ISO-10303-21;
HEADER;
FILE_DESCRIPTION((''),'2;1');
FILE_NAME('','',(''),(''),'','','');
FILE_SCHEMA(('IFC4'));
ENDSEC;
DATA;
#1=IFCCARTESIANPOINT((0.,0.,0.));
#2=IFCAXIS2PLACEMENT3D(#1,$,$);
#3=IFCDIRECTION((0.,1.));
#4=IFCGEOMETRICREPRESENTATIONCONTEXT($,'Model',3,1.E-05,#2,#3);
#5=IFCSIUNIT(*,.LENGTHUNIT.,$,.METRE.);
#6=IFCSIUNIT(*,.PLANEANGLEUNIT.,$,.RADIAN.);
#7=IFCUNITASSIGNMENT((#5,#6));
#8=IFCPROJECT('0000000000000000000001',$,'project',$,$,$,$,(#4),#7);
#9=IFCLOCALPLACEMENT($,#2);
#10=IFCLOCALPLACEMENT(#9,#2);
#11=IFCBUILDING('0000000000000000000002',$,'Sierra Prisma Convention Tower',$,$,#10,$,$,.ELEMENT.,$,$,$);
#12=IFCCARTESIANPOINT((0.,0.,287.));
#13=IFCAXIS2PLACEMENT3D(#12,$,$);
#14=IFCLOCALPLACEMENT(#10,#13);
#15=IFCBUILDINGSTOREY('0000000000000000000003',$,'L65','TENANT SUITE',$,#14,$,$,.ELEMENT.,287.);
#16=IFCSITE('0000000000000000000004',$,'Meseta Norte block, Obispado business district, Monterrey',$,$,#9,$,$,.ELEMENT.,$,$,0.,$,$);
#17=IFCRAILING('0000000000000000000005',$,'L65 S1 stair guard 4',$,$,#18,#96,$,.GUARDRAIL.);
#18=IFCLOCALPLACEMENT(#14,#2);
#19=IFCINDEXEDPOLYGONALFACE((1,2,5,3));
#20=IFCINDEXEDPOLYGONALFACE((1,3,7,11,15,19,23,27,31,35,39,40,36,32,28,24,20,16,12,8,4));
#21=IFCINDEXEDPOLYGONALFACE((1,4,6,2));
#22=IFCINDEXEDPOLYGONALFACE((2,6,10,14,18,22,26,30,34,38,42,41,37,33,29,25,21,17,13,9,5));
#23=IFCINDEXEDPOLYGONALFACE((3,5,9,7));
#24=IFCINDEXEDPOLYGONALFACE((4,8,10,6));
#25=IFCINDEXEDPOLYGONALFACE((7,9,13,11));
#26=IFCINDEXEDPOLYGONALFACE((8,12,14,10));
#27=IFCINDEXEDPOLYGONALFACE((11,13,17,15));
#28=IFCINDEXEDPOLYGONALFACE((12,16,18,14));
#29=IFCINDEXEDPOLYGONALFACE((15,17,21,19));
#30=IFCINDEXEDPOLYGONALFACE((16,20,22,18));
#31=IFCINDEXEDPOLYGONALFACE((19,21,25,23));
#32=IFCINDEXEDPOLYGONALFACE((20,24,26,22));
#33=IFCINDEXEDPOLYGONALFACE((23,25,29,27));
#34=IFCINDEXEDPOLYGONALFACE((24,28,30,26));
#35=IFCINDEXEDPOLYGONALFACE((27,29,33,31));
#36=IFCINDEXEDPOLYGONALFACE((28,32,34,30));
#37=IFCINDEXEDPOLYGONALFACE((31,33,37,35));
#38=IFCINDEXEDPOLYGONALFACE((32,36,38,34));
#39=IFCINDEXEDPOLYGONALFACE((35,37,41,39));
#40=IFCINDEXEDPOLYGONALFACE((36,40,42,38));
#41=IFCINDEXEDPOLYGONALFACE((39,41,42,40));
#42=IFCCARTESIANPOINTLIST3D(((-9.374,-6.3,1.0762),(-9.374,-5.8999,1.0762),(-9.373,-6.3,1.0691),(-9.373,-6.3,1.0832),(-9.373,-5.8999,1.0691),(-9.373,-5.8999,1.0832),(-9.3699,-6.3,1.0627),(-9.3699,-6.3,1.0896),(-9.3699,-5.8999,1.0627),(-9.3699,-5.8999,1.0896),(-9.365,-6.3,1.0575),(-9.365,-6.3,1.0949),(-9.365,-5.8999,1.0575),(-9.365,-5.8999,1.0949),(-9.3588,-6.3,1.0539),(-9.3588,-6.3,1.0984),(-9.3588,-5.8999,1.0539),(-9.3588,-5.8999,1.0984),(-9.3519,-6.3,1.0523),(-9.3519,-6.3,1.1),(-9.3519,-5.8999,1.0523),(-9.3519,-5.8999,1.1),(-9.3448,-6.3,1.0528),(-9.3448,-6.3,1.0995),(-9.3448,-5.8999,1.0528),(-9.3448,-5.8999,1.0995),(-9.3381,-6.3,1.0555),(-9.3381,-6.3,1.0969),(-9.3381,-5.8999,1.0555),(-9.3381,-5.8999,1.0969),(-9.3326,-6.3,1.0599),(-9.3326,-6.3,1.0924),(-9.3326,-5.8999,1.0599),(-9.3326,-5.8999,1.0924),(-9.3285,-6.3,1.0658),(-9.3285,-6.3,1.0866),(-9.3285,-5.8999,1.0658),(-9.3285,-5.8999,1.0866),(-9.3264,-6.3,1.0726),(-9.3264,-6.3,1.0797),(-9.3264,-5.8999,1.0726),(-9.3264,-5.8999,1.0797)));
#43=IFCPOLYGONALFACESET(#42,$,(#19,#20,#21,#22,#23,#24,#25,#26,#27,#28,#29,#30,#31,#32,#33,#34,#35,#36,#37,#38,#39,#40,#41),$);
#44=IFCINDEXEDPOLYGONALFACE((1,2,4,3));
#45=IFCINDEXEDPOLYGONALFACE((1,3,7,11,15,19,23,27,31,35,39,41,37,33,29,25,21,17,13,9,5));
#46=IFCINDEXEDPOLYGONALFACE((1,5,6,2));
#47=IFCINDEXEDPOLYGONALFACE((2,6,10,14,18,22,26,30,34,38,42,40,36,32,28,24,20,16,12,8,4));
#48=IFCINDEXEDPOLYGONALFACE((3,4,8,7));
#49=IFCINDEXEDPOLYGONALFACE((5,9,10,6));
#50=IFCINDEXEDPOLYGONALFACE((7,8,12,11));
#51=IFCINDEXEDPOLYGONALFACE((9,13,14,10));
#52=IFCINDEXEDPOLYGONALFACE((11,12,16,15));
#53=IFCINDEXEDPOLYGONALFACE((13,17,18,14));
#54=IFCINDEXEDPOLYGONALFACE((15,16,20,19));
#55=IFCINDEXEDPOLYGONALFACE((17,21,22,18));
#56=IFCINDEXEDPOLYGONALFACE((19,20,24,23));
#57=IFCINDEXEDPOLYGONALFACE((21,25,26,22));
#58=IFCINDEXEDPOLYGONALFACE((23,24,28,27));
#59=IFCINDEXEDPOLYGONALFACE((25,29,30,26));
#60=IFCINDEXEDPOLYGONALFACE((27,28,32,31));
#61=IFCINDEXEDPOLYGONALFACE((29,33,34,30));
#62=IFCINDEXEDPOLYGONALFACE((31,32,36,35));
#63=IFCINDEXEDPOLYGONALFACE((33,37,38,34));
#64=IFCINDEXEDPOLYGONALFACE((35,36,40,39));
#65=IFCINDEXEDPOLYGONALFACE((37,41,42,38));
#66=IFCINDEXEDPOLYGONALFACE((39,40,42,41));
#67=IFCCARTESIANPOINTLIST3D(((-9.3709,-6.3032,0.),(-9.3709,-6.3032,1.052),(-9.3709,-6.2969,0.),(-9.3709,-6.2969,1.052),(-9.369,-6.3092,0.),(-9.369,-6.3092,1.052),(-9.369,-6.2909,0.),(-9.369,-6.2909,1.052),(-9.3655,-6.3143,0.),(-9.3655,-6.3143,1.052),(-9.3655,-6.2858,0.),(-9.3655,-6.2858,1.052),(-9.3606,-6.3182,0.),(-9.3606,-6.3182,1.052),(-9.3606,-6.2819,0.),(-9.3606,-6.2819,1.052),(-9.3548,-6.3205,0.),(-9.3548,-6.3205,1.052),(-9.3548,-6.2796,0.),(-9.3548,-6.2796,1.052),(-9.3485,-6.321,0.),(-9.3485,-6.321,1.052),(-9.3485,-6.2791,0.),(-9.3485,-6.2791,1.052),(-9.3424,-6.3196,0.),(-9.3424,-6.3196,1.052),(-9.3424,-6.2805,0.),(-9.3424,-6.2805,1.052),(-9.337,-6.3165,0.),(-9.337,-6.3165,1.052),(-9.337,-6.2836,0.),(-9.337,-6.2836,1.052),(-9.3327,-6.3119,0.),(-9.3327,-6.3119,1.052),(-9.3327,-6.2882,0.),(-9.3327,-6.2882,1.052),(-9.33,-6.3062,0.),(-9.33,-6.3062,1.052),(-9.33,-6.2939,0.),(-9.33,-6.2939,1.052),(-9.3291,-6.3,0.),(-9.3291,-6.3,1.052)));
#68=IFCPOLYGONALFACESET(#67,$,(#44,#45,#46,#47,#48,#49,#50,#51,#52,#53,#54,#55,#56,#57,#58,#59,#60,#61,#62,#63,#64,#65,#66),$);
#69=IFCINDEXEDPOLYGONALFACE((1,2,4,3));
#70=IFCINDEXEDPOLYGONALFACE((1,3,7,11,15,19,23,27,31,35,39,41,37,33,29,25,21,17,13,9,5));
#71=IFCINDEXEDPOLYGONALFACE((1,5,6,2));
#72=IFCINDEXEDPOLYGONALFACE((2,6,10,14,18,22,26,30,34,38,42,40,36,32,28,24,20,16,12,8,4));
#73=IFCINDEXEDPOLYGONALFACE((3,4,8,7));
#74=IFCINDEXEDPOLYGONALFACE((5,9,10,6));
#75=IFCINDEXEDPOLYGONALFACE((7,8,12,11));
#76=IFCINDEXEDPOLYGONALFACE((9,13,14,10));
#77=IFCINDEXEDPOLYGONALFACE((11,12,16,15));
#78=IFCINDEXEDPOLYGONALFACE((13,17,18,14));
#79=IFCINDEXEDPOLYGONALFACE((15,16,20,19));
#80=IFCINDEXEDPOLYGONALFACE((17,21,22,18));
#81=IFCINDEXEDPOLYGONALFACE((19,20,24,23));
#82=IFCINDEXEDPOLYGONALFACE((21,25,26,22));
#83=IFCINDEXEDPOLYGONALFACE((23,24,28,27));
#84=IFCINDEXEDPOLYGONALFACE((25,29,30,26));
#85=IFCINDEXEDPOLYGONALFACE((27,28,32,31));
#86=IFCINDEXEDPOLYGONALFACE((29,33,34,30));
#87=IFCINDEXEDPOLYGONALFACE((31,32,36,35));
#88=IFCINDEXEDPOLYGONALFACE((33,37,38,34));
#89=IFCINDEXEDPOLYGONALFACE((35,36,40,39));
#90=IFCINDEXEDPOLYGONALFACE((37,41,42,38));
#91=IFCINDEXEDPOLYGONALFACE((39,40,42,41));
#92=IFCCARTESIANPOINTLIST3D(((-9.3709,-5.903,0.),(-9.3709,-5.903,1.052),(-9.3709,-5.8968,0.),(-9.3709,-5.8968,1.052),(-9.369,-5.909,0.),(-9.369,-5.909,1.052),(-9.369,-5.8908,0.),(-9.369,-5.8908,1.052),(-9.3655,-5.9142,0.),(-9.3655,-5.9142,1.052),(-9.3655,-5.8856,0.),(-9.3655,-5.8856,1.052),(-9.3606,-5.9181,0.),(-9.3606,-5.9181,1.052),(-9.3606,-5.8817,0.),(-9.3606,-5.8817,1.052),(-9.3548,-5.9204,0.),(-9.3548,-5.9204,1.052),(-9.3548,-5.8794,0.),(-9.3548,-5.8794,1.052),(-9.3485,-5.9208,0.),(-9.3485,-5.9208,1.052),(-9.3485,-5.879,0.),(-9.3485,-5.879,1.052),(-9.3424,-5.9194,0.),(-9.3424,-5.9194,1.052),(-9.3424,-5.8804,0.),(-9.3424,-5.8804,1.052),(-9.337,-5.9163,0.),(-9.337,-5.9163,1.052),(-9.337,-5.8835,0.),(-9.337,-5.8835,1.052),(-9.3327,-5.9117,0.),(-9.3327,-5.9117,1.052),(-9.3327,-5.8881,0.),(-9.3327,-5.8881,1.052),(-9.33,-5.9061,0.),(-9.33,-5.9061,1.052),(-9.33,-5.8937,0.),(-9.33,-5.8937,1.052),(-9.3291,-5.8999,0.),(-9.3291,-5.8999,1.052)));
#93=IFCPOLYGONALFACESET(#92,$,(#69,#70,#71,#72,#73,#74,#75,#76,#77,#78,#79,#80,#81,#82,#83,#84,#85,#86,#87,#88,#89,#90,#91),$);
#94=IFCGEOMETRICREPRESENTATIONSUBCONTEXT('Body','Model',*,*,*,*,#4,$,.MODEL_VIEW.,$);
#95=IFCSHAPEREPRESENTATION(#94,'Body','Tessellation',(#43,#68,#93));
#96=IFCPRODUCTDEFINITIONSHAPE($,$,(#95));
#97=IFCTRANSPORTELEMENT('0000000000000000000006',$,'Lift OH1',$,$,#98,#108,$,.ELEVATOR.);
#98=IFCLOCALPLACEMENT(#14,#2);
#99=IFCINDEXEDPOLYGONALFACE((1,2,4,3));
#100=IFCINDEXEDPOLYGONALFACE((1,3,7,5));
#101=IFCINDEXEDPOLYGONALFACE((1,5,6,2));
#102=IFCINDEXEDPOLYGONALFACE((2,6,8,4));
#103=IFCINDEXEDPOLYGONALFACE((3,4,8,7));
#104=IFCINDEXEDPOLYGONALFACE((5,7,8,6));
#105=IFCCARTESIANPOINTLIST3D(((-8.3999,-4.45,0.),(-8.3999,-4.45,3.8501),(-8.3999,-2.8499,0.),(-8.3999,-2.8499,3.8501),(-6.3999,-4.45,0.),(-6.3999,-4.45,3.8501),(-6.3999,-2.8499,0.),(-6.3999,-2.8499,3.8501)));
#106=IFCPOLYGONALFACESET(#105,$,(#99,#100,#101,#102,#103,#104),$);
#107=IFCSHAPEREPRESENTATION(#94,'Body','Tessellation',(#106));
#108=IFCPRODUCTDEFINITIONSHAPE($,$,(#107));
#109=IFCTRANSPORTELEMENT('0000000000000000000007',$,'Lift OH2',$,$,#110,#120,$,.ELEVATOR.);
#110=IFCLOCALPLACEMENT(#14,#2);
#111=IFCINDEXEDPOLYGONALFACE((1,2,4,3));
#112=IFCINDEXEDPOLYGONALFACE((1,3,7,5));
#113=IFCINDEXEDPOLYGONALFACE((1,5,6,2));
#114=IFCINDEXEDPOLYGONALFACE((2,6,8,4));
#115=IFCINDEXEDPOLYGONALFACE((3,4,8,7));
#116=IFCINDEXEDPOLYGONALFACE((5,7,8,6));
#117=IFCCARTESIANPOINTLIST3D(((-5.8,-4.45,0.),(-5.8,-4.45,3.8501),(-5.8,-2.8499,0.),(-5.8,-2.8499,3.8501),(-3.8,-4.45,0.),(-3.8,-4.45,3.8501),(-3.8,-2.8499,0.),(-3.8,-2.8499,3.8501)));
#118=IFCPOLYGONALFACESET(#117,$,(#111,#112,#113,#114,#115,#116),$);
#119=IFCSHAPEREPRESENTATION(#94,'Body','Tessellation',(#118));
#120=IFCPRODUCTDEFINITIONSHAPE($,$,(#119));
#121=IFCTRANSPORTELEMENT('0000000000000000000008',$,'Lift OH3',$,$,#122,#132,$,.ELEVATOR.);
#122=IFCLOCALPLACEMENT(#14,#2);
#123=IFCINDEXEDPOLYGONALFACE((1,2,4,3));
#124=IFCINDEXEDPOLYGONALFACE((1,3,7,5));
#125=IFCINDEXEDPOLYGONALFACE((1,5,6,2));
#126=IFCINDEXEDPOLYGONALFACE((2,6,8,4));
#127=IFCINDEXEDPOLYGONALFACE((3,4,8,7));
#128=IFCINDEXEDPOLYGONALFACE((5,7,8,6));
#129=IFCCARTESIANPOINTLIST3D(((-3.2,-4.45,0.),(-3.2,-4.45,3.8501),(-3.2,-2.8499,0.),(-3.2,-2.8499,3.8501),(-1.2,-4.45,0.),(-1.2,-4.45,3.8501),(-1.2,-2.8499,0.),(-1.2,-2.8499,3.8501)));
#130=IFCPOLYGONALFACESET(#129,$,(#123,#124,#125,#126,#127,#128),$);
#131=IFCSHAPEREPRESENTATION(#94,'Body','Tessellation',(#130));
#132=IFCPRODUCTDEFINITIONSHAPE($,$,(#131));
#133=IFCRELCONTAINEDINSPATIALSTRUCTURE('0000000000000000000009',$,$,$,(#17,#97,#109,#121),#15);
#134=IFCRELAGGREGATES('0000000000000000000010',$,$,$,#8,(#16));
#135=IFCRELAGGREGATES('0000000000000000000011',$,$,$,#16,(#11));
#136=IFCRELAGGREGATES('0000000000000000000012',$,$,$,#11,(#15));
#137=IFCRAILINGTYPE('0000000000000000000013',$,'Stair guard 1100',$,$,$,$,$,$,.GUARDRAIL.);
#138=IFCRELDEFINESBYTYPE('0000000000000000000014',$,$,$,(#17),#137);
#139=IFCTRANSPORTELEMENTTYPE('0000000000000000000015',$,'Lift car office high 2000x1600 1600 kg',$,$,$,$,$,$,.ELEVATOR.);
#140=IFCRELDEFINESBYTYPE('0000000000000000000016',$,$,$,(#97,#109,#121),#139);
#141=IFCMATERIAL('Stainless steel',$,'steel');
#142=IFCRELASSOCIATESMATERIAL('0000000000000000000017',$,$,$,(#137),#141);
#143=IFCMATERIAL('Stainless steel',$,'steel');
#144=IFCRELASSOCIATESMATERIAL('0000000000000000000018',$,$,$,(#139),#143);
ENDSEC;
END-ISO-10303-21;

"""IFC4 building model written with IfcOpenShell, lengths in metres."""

from ifc_helpers import new_model, si_unit, direction, frame, origin, origin_2d, place, context, subcontext, project, spatial, rectangle, circle, extrude, material, type_object, element, save


model = new_model("IFC4")

# Units and contexts
model_context = context("Model", 3, precision=1e-05, world=origin(), true_north=direction((0.0, 1.0)))
body_context = subcontext(model_context, "Body", "Model", "MODEL_VIEW")
ifc_project = project(units=[si_unit("LENGTHUNIT", "METRE"), si_unit("PLANEANGLEUNIT", "RADIAN")], contexts=[model_context])

# Site, building, storey
site_placement = place(None, origin())
site = spatial("IfcSite", under=ifc_project, at=site_placement, Name="Meseta Norte block, Obispado business district, Monterrey", CompositionType="ELEMENT", RefElevation=0.0)
building_placement = place(site_placement, origin())
building = spatial("IfcBuilding", under=site, at=building_placement, Name="Sierra Prisma Convention Tower", CompositionType="ELEMENT")
storey_placement = place(building_placement, frame((0.0, 0.0, 287.0)))
storey = spatial("IfcBuildingStorey", under=building, at=storey_placement, Name="L65", Description="TENANT SUITE", CompositionType="ELEMENT", Elevation=287.0)

# Railing
ifc_material_1 = material(Name="Stainless steel", Category="steel")
railing_type_1 = type_object("IfcRailingType", Name="Stair guard 1100", PredefinedType="GUARDRAIL", material=ifc_material_1)
railing_1_placement = place(storey_placement, frame((-9.3501, -6.3, 0.0)))
element("IfcRailing", 1, at=railing_1_placement, inside=storey, type_object=railing_type_1, Name="L65 S1 stair guard 4", PredefinedType="GUARDRAIL", context=body_context, shape_type="SweptSolid", body=[
    extrude(circle(Radius=0.0239, at=origin_2d()), frame((0.0, 0.0, 1.0762), z_axis=(0.0, 1.0, 0.0), x_axis=(-1.0, 0.0, 0.0)), (0.0, 0.0, 1.0), 0.4001),
    extrude(circle(Radius=0.021, at=origin_2d()), origin(), (0.0, 0.0, 1.0), 1.052),
    extrude(circle(Radius=0.021, at=origin_2d()), frame((0.0, 0.4001, 0.0)), (0.0, 0.0, 1.0), 1.052),
])

# Transport elements
ifc_material_2 = material(Name="Stainless steel", Category="steel")
transport_element_type = type_object("IfcTransportElementType", Name="Lift car office high 2000x1600 1600 kg", PredefinedType="ELEVATOR", material=ifc_material_2)
for number, where, z_axis, x_axis, name in (
    (2, (-7.3999, -3.6499, 0.0), (0.0, 0.0, 1.0), (1.0, 0.0, 0.0), "Lift OH1"),
    (3, (-4.8, -3.6499, 0.0), (0.0, 0.0, 1.0), (1.0, 0.0, 0.0), "Lift OH2"),
    (4, (-2.2, -3.6499, 0.0), (0.0, 0.0, 1.0), (1.0, 0.0, 0.0), "Lift OH3"),
):
    element("IfcTransportElement", number, at=place(storey_placement, frame(where, z_axis=z_axis, x_axis=x_axis)), inside=storey, type_object=transport_element_type, Name=name, PredefinedType="ELEVATOR", context=body_context, shape_type="SweptSolid", body=[
        extrude(rectangle(XDim=2.0, YDim=1.6001, at=origin_2d()), origin(), (0.0, 0.0, 1.0), 3.8501),
    ])

save(model, "model.ifc")
